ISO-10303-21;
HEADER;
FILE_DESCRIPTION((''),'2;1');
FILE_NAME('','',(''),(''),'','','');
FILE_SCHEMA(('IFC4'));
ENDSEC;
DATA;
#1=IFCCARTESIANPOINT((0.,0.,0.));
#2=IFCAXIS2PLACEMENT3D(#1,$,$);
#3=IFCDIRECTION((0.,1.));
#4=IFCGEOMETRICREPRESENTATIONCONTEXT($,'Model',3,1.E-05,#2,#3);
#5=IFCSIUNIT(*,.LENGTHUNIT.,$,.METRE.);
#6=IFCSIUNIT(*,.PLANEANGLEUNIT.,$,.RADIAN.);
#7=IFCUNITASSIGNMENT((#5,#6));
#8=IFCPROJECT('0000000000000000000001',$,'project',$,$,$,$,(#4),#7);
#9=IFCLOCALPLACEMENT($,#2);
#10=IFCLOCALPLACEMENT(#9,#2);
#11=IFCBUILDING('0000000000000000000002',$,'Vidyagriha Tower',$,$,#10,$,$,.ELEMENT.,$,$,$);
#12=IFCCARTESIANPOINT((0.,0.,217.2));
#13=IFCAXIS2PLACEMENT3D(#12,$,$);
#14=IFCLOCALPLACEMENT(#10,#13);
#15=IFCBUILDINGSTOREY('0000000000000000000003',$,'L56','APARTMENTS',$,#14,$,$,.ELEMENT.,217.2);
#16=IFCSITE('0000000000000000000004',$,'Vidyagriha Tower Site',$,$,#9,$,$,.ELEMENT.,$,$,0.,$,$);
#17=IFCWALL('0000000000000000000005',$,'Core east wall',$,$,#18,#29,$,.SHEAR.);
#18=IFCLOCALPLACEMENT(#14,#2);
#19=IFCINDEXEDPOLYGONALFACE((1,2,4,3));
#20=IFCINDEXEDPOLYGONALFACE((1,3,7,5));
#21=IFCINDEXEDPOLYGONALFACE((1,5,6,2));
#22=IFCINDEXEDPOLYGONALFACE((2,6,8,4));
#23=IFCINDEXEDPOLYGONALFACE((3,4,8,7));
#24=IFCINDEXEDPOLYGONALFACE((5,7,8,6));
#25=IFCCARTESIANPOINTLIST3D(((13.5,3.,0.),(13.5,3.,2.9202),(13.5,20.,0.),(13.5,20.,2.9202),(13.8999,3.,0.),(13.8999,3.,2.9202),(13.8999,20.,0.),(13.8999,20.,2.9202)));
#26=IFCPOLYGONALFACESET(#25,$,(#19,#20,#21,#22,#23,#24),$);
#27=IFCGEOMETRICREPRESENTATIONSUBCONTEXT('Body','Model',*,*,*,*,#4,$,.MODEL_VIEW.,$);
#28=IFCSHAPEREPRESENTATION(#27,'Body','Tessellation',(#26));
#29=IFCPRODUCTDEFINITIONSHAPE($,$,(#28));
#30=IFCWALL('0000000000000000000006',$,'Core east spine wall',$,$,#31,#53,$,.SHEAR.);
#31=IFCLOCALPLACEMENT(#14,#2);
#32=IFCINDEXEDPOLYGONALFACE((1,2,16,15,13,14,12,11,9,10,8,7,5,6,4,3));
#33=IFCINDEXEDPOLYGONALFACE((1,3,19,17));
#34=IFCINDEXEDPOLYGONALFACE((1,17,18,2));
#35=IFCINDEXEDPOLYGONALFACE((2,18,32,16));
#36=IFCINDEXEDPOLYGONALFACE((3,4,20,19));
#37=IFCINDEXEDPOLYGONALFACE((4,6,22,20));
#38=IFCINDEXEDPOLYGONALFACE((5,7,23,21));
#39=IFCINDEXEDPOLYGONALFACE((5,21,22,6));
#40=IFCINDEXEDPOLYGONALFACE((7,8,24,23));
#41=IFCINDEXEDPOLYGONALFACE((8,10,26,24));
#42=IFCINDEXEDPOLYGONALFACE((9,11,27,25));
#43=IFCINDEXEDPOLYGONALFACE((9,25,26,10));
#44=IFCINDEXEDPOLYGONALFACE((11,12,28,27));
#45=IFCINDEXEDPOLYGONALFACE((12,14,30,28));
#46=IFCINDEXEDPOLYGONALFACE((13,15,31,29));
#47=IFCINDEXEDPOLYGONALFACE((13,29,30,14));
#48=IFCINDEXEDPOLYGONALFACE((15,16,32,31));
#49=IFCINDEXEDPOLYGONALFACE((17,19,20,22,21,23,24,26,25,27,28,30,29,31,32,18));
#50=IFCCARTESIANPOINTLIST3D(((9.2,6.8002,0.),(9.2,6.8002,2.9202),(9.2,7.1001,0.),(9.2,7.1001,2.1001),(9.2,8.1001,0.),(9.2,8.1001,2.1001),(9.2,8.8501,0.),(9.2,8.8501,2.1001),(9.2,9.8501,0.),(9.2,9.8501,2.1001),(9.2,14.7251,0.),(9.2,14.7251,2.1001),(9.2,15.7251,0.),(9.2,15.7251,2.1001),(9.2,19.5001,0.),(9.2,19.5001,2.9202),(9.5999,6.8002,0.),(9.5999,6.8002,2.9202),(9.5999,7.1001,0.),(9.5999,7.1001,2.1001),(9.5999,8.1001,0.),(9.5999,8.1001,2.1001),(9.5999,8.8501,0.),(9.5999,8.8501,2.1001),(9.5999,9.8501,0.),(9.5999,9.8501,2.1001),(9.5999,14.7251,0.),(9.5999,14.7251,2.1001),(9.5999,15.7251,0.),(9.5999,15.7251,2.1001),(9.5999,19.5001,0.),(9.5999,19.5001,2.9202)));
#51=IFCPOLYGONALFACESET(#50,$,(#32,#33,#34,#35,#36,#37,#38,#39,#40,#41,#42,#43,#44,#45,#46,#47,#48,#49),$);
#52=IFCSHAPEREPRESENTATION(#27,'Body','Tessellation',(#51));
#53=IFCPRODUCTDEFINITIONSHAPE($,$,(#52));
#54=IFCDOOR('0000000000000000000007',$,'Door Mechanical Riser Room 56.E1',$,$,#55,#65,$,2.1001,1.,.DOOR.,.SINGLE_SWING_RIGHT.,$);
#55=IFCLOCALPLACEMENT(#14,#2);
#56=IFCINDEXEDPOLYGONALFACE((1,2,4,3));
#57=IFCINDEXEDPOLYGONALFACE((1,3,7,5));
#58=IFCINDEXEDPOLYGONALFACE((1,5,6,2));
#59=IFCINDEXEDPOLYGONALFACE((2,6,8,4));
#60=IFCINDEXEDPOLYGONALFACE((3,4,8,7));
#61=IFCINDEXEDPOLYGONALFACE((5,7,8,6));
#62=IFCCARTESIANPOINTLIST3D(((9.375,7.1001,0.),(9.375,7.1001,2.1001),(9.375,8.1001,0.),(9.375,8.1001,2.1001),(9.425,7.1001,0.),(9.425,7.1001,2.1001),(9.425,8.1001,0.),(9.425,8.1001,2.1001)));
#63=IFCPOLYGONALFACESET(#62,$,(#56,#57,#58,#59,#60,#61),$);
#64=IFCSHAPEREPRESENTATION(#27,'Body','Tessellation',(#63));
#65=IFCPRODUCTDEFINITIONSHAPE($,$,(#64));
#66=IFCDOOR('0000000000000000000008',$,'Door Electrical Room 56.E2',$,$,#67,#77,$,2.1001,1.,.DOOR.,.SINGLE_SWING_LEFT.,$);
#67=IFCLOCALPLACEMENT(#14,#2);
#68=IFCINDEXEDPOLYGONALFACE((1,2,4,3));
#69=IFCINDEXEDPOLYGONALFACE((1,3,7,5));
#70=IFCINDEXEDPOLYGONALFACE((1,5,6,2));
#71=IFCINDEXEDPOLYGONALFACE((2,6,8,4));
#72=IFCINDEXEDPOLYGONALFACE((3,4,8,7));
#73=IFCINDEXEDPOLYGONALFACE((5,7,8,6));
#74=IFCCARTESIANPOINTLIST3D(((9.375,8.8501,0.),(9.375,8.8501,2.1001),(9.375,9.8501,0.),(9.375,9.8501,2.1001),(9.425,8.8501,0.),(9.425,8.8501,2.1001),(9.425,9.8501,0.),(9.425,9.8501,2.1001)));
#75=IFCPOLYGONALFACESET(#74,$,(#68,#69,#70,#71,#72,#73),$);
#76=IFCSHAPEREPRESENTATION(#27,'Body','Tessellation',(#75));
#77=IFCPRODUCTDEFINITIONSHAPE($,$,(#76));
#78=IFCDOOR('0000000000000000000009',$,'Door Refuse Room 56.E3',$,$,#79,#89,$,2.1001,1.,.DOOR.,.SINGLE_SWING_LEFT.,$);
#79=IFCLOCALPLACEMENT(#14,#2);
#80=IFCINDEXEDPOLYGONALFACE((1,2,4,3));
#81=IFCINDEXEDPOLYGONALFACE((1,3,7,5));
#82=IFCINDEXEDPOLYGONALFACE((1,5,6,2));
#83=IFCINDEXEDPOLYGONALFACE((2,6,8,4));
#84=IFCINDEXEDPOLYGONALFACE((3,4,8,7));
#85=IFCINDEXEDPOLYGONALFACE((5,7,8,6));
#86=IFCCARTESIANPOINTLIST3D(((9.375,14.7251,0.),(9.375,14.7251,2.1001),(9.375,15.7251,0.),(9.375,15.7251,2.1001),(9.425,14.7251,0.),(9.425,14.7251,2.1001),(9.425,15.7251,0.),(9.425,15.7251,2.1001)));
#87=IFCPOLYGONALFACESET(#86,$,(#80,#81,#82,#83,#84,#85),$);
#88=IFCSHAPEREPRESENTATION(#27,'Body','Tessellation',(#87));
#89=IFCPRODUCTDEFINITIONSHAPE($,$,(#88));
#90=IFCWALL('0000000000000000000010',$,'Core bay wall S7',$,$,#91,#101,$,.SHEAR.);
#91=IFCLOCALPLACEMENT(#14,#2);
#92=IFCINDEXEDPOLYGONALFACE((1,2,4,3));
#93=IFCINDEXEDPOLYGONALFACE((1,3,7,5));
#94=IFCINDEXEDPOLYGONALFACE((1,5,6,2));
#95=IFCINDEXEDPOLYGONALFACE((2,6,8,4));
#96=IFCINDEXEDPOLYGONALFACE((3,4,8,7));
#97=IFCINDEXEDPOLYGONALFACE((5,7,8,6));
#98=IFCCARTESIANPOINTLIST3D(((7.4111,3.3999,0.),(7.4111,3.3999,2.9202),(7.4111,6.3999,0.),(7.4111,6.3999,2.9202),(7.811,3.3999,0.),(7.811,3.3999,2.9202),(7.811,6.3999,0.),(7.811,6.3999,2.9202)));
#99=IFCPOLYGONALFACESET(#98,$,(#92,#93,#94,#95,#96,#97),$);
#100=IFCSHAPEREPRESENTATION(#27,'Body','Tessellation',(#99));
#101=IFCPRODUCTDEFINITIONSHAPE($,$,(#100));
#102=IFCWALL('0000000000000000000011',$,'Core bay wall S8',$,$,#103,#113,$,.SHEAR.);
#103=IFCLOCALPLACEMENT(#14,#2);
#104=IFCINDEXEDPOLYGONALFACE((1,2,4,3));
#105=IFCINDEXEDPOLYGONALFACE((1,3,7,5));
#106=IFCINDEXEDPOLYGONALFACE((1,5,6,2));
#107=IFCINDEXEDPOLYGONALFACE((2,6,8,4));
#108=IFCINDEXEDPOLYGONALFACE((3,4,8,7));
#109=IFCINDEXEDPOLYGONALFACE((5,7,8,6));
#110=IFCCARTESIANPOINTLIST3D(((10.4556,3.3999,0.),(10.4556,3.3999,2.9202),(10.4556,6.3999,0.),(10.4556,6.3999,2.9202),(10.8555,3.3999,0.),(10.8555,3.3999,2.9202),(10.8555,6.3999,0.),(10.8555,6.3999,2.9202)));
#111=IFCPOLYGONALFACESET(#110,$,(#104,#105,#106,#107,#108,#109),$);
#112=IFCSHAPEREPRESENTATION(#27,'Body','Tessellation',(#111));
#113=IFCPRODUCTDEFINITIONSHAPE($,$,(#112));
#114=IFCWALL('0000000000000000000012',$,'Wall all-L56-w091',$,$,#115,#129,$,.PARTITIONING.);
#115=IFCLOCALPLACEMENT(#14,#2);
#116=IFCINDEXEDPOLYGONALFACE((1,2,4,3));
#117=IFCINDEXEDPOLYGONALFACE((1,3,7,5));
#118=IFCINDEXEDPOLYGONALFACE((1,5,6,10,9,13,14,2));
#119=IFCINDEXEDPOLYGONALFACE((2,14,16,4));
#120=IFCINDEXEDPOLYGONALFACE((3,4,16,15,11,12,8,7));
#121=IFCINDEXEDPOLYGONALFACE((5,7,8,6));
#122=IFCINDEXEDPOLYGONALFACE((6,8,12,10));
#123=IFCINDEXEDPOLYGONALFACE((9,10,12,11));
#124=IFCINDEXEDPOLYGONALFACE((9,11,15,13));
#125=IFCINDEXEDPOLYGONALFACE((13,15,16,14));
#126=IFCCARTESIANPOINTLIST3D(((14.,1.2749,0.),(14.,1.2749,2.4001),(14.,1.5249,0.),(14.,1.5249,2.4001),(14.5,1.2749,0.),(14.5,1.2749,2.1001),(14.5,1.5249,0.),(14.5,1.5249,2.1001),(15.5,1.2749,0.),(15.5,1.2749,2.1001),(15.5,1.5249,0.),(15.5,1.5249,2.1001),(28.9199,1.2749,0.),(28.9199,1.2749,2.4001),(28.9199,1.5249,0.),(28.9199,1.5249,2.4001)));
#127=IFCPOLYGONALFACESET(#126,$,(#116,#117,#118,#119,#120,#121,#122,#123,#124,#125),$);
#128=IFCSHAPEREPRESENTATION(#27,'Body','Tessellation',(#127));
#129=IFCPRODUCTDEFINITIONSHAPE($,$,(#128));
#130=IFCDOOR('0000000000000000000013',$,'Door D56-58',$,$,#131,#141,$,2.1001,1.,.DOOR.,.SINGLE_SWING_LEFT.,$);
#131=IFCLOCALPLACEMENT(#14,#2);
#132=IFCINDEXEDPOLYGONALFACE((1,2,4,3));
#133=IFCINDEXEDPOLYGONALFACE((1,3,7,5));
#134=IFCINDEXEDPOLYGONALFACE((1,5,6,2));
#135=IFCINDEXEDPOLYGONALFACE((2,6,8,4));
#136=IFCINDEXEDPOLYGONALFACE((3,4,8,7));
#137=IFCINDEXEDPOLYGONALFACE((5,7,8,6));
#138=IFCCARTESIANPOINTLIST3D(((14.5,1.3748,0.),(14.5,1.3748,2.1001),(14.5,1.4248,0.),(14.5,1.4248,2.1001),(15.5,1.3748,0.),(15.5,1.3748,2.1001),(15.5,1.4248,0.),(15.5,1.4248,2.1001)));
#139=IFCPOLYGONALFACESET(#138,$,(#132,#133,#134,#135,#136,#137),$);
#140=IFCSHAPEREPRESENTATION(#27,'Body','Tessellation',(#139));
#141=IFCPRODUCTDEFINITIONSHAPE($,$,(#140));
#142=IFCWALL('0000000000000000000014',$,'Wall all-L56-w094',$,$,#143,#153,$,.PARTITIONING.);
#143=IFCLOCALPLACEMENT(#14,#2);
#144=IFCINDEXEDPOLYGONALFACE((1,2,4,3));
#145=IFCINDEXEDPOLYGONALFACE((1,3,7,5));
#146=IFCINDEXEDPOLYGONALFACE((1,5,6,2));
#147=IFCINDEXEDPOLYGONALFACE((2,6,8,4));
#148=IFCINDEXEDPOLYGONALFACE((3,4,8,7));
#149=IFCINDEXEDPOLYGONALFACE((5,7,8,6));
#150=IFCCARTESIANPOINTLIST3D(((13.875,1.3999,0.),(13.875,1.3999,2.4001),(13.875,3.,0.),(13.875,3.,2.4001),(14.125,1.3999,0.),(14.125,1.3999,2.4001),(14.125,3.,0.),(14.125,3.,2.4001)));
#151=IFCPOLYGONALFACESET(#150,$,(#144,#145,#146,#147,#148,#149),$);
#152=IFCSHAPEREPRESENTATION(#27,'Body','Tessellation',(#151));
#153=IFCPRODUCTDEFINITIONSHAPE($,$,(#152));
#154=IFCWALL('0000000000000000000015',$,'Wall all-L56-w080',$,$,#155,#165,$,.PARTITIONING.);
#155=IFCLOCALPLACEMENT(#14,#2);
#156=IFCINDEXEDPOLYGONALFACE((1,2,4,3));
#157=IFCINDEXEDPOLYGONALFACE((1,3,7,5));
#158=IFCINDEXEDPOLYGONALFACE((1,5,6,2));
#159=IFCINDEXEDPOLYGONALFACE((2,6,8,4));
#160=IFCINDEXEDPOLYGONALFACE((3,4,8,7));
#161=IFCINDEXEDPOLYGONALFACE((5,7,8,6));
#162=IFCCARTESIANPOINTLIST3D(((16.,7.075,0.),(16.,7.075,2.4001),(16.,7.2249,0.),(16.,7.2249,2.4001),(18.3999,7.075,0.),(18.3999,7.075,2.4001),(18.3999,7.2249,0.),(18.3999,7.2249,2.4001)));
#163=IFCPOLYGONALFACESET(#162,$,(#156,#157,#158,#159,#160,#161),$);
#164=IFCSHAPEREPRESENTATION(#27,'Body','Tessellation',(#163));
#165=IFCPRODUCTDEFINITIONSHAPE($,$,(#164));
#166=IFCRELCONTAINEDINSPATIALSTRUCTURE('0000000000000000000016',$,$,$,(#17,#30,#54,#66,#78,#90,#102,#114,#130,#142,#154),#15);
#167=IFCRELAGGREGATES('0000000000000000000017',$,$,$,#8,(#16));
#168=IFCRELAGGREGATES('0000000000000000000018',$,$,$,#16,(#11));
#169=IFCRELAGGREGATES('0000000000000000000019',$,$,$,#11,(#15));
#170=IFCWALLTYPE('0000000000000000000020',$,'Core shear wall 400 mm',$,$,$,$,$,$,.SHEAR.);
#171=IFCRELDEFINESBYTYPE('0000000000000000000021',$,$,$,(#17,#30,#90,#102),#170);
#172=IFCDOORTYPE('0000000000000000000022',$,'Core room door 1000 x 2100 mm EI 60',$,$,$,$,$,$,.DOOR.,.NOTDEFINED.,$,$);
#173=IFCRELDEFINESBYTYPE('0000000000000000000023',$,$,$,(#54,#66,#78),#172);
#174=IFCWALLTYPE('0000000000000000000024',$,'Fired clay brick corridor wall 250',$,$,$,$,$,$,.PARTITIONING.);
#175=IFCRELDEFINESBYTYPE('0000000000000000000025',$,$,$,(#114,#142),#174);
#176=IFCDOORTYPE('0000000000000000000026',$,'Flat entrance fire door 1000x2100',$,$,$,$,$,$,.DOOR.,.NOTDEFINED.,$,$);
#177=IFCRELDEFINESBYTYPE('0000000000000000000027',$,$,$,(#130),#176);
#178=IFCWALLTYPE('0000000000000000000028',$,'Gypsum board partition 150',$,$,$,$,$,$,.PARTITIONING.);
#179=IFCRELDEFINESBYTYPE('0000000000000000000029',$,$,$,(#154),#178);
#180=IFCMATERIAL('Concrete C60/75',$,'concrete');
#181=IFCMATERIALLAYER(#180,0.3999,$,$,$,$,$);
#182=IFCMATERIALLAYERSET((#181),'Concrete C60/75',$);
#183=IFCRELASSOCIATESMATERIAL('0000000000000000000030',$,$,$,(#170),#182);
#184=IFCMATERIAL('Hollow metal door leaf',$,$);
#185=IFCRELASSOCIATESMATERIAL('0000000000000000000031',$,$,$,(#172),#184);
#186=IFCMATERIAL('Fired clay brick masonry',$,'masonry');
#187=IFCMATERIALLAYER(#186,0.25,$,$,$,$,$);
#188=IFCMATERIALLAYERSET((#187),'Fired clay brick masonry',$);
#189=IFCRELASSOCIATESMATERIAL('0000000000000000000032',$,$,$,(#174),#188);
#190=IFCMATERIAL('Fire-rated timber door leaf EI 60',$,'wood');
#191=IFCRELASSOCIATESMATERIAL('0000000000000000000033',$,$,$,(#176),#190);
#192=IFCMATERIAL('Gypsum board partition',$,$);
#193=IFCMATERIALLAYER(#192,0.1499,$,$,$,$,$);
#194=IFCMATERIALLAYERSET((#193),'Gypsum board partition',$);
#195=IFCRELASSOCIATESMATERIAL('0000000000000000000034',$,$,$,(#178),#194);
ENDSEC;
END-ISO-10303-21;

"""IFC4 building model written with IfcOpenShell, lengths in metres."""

from ifc_helpers import new_model, si_unit, direction, frame, frame_2d, origin, place, context, subcontext, project, spatial, rectangle, extrude, material, layer, layer_set, type_object, element, fill, save


model = new_model("IFC4")

# Units and contexts
model_context = context("Model", 3, precision=1e-05, world=origin(), true_north=direction((0.0, 1.0)))
body_context = subcontext(model_context, "Body", "Model", "MODEL_VIEW")
ifc_project = project(units=[si_unit("LENGTHUNIT", "METRE"), si_unit("PLANEANGLEUNIT", "RADIAN")], contexts=[model_context])

# Site, building, storey
site_placement = place(None, origin())
site = spatial("IfcSite", under=ifc_project, at=site_placement, Name="Vidyagriha Tower Site", CompositionType="ELEMENT", RefElevation=0.0)
building_placement = place(site_placement, origin())
building = spatial("IfcBuilding", under=site, at=building_placement, Name="Vidyagriha Tower", CompositionType="ELEMENT")
storey_placement = place(building_placement, frame((0.0, 0.0, 217.2)))
storey = spatial("IfcBuildingStorey", under=building, at=storey_placement, Name="L56", Description="APARTMENTS", CompositionType="ELEMENT", Elevation=217.2)

# Wall
ifc_material_1 = material(Name="Concrete C60/75", Category="concrete")
ifc_layer_1 = layer(ifc_material_1, 0.3999)
ifc_layer_set_1 = layer_set([ifc_layer_1], Name="Concrete C60/75")
wall_type_1 = type_object("IfcWallType", Name="Core shear wall 400 mm", PredefinedType="SHEAR", material=ifc_layer_set_1)
wall_1_placement = place(storey_placement, frame((13.7, 3.0, 0.0), z_axis=(0.0, 0.0, 1.0), x_axis=(0.0, 1.0, 0.0)))
element("IfcWall", 1, at=wall_1_placement, inside=storey, type_object=wall_type_1, Name="Core east wall", PredefinedType="SHEAR", context=body_context, shape_type="SweptSolid", body=[
    extrude(rectangle(XDim=17.0, YDim=0.3999, at=frame_2d((8.5, 0.0))), origin(), (0.0, 0.0, 1.0), 2.9202),
])

# Wall, openings, doors
wall_2_placement = place(storey_placement, frame((9.3999, 6.8, 0.0), z_axis=(0.0, 0.0, 1.0), x_axis=(0.0, 1.0, 0.0)))
wall_2 = element("IfcWall", 2, at=wall_2_placement, inside=storey, type_object=wall_type_1, Name="Core east spine wall", PredefinedType="SHEAR", context=body_context, shape_type="SweptSolid", body=[
    extrude(rectangle(XDim=12.7, YDim=0.3999, at=frame_2d((6.3501, 0.0))), origin(), (0.0, 0.0, 1.0), 2.9202),
])
opening_1_placement = place(wall_2_placement, frame((0.3, 0.0, 0.0)))
opening_1 = element("IfcOpeningElement", 3, at=opening_1_placement, cuts=wall_2, PredefinedType="OPENING", context=body_context, shape_type="SweptSolid", body=[
    extrude(rectangle(XDim=1.0, YDim=2.1001, at=frame_2d((0.5, 1.05))), frame((0.0, 0.21, 0.0), z_axis=(0.0, -1.0, 0.0), x_axis=(1.0, 0.0, 0.0)), (0.0, 0.0, 1.0), 0.4199),
])
opening_2_placement = place(wall_2_placement, frame((2.05, 0.0, 0.0)))
opening_2 = element("IfcOpeningElement", 4, at=opening_2_placement, cuts=wall_2, PredefinedType="OPENING", context=body_context, shape_type="SweptSolid", body=[
    extrude(rectangle(XDim=1.0, YDim=2.1001, at=frame_2d((0.5, 1.05))), frame((0.0, 0.21, 0.0), z_axis=(0.0, -1.0, 0.0), x_axis=(1.0, 0.0, 0.0)), (0.0, 0.0, 1.0), 0.4199),
])
opening_3_placement = place(wall_2_placement, frame((7.925, 0.0, 0.0)))
opening_3 = element("IfcOpeningElement", 5, at=opening_3_placement, cuts=wall_2, PredefinedType="OPENING", context=body_context, shape_type="SweptSolid", body=[
    extrude(rectangle(XDim=1.0, YDim=2.1001, at=frame_2d((0.5, 1.05))), frame((0.0, 0.21, 0.0), z_axis=(0.0, -1.0, 0.0), x_axis=(1.0, 0.0, 0.0)), (0.0, 0.0, 1.0), 0.4199),
])
ifc_material_2 = material(Name="Hollow metal door leaf")
door_type_1 = type_object("IfcDoorType", Name="Core room door 1000 x 2100 mm EI 60", OperationType="NOTDEFINED", PredefinedType="DOOR", material=ifc_material_2)
door_1_placement = place(opening_1_placement, origin())
door_1 = element("IfcDoor", 6, at=door_1_placement, inside=storey, type_object=door_type_1, Name="Door Mechanical Riser Room 56.E1", OperationType="SINGLE_SWING_RIGHT", OverallHeight=2.1001, OverallWidth=1.0, PredefinedType="DOOR", context=body_context, shape_type="SweptSolid", body=[
    extrude(rectangle(XDim=1.0, YDim=2.1001, at=frame_2d((0.5, 1.05))), frame((0.0, 0.0249, 0.0), z_axis=(0.0, -1.0, 0.0), x_axis=(1.0, 0.0, 0.0)), (0.0, 0.0, 1.0), 0.05),
])
fill(opening_1, door_1)
door_2_placement = place(opening_2_placement, origin())
door_2 = element("IfcDoor", 7, at=door_2_placement, inside=storey, type_object=door_type_1, Name="Door Electrical Room 56.E2", OperationType="SINGLE_SWING_LEFT", OverallHeight=2.1001, OverallWidth=1.0, PredefinedType="DOOR", context=body_context, shape_type="SweptSolid", body=[
    extrude(rectangle(XDim=1.0, YDim=2.1001, at=frame_2d((0.5, 1.05))), frame((0.0, 0.0249, 0.0), z_axis=(0.0, -1.0, 0.0), x_axis=(1.0, 0.0, 0.0)), (0.0, 0.0, 1.0), 0.05),
])
fill(opening_2, door_2)
door_3_placement = place(opening_3_placement, origin())
door_3 = element("IfcDoor", 8, at=door_3_placement, inside=storey, type_object=door_type_1, Name="Door Refuse Room 56.E3", OperationType="SINGLE_SWING_LEFT", OverallHeight=2.1001, OverallWidth=1.0, PredefinedType="DOOR", context=body_context, shape_type="SweptSolid", body=[
    extrude(rectangle(XDim=1.0, YDim=2.1001, at=frame_2d((0.5, 1.05))), frame((0.0, 0.0249, 0.0), z_axis=(0.0, -1.0, 0.0), x_axis=(1.0, 0.0, 0.0)), (0.0, 0.0, 1.0), 0.05),
])
fill(opening_3, door_3)

# Walls
for number, where, z_axis, x_axis, name in (
    (9, (7.6111, 3.3999, 0.0), (0.0, 0.0, 1.0), (0.0, 1.0, 0.0), "Core bay wall S7"),
    (10, (10.6555, 3.3999, 0.0), (0.0, 0.0, 1.0), (0.0, 1.0, 0.0), "Core bay wall S8"),
):
    element("IfcWall", number, at=place(storey_placement, frame(where, z_axis=z_axis, x_axis=x_axis)), inside=storey, type_object=wall_type_1, Name=name, PredefinedType="SHEAR", context=body_context, shape_type="SweptSolid", body=[
        extrude(rectangle(XDim=3.0, YDim=0.3999, at=frame_2d((1.5, 0.0))), origin(), (0.0, 0.0, 1.0), 2.9202),
    ])

# Wall, opening, door
ifc_material_3 = material(Name="Fired clay brick masonry", Category="masonry")
ifc_layer_2 = layer(ifc_material_3, 0.25)
ifc_layer_set_2 = layer_set([ifc_layer_2], Name="Fired clay brick masonry")
wall_type_2 = type_object("IfcWallType", Name="Fired clay brick corridor wall 250", PredefinedType="PARTITIONING", material=ifc_layer_set_2)
wall_3_placement = place(storey_placement, frame((14.0, 1.3999, 0.0)))
wall_3 = element("IfcWall", 11, at=wall_3_placement, inside=storey, type_object=wall_type_2, Name="Wall all-L56-w091", PredefinedType="PARTITIONING", context=body_context, shape_type="SweptSolid", body=[
    extrude(rectangle(XDim=14.9199, YDim=0.25, at=frame_2d((7.46, 0.0))), origin(), (0.0, 0.0, 1.0), 2.4001),
])
opening_4_placement = place(wall_3_placement, frame((0.5, 0.0, 0.0)))
opening_4 = element("IfcOpeningElement", 12, at=opening_4_placement, cuts=wall_3, PredefinedType="OPENING", context=body_context, shape_type="SweptSolid", body=[
    extrude(rectangle(XDim=1.0, YDim=2.1001, at=frame_2d((0.5, 1.05))), frame((0.0, 0.135, 0.0), z_axis=(0.0, -1.0, 0.0), x_axis=(1.0, 0.0, 0.0)), (0.0, 0.0, 1.0), 0.27),
])
ifc_material_4 = material(Name="Fire-rated timber door leaf EI 60", Category="wood")
door_type_2 = type_object("IfcDoorType", Name="Flat entrance fire door 1000x2100", OperationType="NOTDEFINED", PredefinedType="DOOR", material=ifc_material_4)
door_4_placement = place(opening_4_placement, origin())
door_4 = element("IfcDoor", 13, at=door_4_placement, inside=storey, type_object=door_type_2, Name="Door D56-58", OperationType="SINGLE_SWING_LEFT", OverallHeight=2.1001, OverallWidth=1.0, PredefinedType="DOOR", context=body_context, shape_type="SweptSolid", body=[
    extrude(rectangle(XDim=1.0, YDim=2.1001, at=frame_2d((0.5, 1.05))), frame((0.0, 0.0249, 0.0), z_axis=(0.0, -1.0, 0.0), x_axis=(1.0, 0.0, 0.0)), (0.0, 0.0, 1.0), 0.05),
])
fill(opening_4, door_4)

# Walls
wall_4_placement = place(storey_placement, frame((14.0, 1.3999, 0.0), z_axis=(0.0, 0.0, 1.0), x_axis=(0.0, 1.0, 0.0)))
element("IfcWall", 14, at=wall_4_placement, inside=storey, type_object=wall_type_2, Name="Wall all-L56-w094", PredefinedType="PARTITIONING", context=body_context, shape_type="SweptSolid", body=[
    extrude(rectangle(XDim=1.6001, YDim=0.25, at=frame_2d((0.8, 0.0))), origin(), (0.0, 0.0, 1.0), 2.4001),
])
ifc_material_5 = material(Name="Gypsum board partition")
ifc_layer_3 = layer(ifc_material_5, 0.1499)
ifc_layer_set_3 = layer_set([ifc_layer_3], Name="Gypsum board partition")
wall_type_3 = type_object("IfcWallType", Name="Gypsum board partition 150", PredefinedType="PARTITIONING", material=ifc_layer_set_3)
wall_5_placement = place(storey_placement, frame((16.0, 7.1499, 0.0)))
element("IfcWall", 15, at=wall_5_placement, inside=storey, type_object=wall_type_3, Name="Wall all-L56-w080", PredefinedType="PARTITIONING", context=body_context, shape_type="SweptSolid", body=[
    extrude(rectangle(XDim=2.3999, YDim=0.1499, at=frame_2d((1.2, 0.0))), origin(), (0.0, 0.0, 1.0), 2.4001),
])

save(model, "model.ifc")
